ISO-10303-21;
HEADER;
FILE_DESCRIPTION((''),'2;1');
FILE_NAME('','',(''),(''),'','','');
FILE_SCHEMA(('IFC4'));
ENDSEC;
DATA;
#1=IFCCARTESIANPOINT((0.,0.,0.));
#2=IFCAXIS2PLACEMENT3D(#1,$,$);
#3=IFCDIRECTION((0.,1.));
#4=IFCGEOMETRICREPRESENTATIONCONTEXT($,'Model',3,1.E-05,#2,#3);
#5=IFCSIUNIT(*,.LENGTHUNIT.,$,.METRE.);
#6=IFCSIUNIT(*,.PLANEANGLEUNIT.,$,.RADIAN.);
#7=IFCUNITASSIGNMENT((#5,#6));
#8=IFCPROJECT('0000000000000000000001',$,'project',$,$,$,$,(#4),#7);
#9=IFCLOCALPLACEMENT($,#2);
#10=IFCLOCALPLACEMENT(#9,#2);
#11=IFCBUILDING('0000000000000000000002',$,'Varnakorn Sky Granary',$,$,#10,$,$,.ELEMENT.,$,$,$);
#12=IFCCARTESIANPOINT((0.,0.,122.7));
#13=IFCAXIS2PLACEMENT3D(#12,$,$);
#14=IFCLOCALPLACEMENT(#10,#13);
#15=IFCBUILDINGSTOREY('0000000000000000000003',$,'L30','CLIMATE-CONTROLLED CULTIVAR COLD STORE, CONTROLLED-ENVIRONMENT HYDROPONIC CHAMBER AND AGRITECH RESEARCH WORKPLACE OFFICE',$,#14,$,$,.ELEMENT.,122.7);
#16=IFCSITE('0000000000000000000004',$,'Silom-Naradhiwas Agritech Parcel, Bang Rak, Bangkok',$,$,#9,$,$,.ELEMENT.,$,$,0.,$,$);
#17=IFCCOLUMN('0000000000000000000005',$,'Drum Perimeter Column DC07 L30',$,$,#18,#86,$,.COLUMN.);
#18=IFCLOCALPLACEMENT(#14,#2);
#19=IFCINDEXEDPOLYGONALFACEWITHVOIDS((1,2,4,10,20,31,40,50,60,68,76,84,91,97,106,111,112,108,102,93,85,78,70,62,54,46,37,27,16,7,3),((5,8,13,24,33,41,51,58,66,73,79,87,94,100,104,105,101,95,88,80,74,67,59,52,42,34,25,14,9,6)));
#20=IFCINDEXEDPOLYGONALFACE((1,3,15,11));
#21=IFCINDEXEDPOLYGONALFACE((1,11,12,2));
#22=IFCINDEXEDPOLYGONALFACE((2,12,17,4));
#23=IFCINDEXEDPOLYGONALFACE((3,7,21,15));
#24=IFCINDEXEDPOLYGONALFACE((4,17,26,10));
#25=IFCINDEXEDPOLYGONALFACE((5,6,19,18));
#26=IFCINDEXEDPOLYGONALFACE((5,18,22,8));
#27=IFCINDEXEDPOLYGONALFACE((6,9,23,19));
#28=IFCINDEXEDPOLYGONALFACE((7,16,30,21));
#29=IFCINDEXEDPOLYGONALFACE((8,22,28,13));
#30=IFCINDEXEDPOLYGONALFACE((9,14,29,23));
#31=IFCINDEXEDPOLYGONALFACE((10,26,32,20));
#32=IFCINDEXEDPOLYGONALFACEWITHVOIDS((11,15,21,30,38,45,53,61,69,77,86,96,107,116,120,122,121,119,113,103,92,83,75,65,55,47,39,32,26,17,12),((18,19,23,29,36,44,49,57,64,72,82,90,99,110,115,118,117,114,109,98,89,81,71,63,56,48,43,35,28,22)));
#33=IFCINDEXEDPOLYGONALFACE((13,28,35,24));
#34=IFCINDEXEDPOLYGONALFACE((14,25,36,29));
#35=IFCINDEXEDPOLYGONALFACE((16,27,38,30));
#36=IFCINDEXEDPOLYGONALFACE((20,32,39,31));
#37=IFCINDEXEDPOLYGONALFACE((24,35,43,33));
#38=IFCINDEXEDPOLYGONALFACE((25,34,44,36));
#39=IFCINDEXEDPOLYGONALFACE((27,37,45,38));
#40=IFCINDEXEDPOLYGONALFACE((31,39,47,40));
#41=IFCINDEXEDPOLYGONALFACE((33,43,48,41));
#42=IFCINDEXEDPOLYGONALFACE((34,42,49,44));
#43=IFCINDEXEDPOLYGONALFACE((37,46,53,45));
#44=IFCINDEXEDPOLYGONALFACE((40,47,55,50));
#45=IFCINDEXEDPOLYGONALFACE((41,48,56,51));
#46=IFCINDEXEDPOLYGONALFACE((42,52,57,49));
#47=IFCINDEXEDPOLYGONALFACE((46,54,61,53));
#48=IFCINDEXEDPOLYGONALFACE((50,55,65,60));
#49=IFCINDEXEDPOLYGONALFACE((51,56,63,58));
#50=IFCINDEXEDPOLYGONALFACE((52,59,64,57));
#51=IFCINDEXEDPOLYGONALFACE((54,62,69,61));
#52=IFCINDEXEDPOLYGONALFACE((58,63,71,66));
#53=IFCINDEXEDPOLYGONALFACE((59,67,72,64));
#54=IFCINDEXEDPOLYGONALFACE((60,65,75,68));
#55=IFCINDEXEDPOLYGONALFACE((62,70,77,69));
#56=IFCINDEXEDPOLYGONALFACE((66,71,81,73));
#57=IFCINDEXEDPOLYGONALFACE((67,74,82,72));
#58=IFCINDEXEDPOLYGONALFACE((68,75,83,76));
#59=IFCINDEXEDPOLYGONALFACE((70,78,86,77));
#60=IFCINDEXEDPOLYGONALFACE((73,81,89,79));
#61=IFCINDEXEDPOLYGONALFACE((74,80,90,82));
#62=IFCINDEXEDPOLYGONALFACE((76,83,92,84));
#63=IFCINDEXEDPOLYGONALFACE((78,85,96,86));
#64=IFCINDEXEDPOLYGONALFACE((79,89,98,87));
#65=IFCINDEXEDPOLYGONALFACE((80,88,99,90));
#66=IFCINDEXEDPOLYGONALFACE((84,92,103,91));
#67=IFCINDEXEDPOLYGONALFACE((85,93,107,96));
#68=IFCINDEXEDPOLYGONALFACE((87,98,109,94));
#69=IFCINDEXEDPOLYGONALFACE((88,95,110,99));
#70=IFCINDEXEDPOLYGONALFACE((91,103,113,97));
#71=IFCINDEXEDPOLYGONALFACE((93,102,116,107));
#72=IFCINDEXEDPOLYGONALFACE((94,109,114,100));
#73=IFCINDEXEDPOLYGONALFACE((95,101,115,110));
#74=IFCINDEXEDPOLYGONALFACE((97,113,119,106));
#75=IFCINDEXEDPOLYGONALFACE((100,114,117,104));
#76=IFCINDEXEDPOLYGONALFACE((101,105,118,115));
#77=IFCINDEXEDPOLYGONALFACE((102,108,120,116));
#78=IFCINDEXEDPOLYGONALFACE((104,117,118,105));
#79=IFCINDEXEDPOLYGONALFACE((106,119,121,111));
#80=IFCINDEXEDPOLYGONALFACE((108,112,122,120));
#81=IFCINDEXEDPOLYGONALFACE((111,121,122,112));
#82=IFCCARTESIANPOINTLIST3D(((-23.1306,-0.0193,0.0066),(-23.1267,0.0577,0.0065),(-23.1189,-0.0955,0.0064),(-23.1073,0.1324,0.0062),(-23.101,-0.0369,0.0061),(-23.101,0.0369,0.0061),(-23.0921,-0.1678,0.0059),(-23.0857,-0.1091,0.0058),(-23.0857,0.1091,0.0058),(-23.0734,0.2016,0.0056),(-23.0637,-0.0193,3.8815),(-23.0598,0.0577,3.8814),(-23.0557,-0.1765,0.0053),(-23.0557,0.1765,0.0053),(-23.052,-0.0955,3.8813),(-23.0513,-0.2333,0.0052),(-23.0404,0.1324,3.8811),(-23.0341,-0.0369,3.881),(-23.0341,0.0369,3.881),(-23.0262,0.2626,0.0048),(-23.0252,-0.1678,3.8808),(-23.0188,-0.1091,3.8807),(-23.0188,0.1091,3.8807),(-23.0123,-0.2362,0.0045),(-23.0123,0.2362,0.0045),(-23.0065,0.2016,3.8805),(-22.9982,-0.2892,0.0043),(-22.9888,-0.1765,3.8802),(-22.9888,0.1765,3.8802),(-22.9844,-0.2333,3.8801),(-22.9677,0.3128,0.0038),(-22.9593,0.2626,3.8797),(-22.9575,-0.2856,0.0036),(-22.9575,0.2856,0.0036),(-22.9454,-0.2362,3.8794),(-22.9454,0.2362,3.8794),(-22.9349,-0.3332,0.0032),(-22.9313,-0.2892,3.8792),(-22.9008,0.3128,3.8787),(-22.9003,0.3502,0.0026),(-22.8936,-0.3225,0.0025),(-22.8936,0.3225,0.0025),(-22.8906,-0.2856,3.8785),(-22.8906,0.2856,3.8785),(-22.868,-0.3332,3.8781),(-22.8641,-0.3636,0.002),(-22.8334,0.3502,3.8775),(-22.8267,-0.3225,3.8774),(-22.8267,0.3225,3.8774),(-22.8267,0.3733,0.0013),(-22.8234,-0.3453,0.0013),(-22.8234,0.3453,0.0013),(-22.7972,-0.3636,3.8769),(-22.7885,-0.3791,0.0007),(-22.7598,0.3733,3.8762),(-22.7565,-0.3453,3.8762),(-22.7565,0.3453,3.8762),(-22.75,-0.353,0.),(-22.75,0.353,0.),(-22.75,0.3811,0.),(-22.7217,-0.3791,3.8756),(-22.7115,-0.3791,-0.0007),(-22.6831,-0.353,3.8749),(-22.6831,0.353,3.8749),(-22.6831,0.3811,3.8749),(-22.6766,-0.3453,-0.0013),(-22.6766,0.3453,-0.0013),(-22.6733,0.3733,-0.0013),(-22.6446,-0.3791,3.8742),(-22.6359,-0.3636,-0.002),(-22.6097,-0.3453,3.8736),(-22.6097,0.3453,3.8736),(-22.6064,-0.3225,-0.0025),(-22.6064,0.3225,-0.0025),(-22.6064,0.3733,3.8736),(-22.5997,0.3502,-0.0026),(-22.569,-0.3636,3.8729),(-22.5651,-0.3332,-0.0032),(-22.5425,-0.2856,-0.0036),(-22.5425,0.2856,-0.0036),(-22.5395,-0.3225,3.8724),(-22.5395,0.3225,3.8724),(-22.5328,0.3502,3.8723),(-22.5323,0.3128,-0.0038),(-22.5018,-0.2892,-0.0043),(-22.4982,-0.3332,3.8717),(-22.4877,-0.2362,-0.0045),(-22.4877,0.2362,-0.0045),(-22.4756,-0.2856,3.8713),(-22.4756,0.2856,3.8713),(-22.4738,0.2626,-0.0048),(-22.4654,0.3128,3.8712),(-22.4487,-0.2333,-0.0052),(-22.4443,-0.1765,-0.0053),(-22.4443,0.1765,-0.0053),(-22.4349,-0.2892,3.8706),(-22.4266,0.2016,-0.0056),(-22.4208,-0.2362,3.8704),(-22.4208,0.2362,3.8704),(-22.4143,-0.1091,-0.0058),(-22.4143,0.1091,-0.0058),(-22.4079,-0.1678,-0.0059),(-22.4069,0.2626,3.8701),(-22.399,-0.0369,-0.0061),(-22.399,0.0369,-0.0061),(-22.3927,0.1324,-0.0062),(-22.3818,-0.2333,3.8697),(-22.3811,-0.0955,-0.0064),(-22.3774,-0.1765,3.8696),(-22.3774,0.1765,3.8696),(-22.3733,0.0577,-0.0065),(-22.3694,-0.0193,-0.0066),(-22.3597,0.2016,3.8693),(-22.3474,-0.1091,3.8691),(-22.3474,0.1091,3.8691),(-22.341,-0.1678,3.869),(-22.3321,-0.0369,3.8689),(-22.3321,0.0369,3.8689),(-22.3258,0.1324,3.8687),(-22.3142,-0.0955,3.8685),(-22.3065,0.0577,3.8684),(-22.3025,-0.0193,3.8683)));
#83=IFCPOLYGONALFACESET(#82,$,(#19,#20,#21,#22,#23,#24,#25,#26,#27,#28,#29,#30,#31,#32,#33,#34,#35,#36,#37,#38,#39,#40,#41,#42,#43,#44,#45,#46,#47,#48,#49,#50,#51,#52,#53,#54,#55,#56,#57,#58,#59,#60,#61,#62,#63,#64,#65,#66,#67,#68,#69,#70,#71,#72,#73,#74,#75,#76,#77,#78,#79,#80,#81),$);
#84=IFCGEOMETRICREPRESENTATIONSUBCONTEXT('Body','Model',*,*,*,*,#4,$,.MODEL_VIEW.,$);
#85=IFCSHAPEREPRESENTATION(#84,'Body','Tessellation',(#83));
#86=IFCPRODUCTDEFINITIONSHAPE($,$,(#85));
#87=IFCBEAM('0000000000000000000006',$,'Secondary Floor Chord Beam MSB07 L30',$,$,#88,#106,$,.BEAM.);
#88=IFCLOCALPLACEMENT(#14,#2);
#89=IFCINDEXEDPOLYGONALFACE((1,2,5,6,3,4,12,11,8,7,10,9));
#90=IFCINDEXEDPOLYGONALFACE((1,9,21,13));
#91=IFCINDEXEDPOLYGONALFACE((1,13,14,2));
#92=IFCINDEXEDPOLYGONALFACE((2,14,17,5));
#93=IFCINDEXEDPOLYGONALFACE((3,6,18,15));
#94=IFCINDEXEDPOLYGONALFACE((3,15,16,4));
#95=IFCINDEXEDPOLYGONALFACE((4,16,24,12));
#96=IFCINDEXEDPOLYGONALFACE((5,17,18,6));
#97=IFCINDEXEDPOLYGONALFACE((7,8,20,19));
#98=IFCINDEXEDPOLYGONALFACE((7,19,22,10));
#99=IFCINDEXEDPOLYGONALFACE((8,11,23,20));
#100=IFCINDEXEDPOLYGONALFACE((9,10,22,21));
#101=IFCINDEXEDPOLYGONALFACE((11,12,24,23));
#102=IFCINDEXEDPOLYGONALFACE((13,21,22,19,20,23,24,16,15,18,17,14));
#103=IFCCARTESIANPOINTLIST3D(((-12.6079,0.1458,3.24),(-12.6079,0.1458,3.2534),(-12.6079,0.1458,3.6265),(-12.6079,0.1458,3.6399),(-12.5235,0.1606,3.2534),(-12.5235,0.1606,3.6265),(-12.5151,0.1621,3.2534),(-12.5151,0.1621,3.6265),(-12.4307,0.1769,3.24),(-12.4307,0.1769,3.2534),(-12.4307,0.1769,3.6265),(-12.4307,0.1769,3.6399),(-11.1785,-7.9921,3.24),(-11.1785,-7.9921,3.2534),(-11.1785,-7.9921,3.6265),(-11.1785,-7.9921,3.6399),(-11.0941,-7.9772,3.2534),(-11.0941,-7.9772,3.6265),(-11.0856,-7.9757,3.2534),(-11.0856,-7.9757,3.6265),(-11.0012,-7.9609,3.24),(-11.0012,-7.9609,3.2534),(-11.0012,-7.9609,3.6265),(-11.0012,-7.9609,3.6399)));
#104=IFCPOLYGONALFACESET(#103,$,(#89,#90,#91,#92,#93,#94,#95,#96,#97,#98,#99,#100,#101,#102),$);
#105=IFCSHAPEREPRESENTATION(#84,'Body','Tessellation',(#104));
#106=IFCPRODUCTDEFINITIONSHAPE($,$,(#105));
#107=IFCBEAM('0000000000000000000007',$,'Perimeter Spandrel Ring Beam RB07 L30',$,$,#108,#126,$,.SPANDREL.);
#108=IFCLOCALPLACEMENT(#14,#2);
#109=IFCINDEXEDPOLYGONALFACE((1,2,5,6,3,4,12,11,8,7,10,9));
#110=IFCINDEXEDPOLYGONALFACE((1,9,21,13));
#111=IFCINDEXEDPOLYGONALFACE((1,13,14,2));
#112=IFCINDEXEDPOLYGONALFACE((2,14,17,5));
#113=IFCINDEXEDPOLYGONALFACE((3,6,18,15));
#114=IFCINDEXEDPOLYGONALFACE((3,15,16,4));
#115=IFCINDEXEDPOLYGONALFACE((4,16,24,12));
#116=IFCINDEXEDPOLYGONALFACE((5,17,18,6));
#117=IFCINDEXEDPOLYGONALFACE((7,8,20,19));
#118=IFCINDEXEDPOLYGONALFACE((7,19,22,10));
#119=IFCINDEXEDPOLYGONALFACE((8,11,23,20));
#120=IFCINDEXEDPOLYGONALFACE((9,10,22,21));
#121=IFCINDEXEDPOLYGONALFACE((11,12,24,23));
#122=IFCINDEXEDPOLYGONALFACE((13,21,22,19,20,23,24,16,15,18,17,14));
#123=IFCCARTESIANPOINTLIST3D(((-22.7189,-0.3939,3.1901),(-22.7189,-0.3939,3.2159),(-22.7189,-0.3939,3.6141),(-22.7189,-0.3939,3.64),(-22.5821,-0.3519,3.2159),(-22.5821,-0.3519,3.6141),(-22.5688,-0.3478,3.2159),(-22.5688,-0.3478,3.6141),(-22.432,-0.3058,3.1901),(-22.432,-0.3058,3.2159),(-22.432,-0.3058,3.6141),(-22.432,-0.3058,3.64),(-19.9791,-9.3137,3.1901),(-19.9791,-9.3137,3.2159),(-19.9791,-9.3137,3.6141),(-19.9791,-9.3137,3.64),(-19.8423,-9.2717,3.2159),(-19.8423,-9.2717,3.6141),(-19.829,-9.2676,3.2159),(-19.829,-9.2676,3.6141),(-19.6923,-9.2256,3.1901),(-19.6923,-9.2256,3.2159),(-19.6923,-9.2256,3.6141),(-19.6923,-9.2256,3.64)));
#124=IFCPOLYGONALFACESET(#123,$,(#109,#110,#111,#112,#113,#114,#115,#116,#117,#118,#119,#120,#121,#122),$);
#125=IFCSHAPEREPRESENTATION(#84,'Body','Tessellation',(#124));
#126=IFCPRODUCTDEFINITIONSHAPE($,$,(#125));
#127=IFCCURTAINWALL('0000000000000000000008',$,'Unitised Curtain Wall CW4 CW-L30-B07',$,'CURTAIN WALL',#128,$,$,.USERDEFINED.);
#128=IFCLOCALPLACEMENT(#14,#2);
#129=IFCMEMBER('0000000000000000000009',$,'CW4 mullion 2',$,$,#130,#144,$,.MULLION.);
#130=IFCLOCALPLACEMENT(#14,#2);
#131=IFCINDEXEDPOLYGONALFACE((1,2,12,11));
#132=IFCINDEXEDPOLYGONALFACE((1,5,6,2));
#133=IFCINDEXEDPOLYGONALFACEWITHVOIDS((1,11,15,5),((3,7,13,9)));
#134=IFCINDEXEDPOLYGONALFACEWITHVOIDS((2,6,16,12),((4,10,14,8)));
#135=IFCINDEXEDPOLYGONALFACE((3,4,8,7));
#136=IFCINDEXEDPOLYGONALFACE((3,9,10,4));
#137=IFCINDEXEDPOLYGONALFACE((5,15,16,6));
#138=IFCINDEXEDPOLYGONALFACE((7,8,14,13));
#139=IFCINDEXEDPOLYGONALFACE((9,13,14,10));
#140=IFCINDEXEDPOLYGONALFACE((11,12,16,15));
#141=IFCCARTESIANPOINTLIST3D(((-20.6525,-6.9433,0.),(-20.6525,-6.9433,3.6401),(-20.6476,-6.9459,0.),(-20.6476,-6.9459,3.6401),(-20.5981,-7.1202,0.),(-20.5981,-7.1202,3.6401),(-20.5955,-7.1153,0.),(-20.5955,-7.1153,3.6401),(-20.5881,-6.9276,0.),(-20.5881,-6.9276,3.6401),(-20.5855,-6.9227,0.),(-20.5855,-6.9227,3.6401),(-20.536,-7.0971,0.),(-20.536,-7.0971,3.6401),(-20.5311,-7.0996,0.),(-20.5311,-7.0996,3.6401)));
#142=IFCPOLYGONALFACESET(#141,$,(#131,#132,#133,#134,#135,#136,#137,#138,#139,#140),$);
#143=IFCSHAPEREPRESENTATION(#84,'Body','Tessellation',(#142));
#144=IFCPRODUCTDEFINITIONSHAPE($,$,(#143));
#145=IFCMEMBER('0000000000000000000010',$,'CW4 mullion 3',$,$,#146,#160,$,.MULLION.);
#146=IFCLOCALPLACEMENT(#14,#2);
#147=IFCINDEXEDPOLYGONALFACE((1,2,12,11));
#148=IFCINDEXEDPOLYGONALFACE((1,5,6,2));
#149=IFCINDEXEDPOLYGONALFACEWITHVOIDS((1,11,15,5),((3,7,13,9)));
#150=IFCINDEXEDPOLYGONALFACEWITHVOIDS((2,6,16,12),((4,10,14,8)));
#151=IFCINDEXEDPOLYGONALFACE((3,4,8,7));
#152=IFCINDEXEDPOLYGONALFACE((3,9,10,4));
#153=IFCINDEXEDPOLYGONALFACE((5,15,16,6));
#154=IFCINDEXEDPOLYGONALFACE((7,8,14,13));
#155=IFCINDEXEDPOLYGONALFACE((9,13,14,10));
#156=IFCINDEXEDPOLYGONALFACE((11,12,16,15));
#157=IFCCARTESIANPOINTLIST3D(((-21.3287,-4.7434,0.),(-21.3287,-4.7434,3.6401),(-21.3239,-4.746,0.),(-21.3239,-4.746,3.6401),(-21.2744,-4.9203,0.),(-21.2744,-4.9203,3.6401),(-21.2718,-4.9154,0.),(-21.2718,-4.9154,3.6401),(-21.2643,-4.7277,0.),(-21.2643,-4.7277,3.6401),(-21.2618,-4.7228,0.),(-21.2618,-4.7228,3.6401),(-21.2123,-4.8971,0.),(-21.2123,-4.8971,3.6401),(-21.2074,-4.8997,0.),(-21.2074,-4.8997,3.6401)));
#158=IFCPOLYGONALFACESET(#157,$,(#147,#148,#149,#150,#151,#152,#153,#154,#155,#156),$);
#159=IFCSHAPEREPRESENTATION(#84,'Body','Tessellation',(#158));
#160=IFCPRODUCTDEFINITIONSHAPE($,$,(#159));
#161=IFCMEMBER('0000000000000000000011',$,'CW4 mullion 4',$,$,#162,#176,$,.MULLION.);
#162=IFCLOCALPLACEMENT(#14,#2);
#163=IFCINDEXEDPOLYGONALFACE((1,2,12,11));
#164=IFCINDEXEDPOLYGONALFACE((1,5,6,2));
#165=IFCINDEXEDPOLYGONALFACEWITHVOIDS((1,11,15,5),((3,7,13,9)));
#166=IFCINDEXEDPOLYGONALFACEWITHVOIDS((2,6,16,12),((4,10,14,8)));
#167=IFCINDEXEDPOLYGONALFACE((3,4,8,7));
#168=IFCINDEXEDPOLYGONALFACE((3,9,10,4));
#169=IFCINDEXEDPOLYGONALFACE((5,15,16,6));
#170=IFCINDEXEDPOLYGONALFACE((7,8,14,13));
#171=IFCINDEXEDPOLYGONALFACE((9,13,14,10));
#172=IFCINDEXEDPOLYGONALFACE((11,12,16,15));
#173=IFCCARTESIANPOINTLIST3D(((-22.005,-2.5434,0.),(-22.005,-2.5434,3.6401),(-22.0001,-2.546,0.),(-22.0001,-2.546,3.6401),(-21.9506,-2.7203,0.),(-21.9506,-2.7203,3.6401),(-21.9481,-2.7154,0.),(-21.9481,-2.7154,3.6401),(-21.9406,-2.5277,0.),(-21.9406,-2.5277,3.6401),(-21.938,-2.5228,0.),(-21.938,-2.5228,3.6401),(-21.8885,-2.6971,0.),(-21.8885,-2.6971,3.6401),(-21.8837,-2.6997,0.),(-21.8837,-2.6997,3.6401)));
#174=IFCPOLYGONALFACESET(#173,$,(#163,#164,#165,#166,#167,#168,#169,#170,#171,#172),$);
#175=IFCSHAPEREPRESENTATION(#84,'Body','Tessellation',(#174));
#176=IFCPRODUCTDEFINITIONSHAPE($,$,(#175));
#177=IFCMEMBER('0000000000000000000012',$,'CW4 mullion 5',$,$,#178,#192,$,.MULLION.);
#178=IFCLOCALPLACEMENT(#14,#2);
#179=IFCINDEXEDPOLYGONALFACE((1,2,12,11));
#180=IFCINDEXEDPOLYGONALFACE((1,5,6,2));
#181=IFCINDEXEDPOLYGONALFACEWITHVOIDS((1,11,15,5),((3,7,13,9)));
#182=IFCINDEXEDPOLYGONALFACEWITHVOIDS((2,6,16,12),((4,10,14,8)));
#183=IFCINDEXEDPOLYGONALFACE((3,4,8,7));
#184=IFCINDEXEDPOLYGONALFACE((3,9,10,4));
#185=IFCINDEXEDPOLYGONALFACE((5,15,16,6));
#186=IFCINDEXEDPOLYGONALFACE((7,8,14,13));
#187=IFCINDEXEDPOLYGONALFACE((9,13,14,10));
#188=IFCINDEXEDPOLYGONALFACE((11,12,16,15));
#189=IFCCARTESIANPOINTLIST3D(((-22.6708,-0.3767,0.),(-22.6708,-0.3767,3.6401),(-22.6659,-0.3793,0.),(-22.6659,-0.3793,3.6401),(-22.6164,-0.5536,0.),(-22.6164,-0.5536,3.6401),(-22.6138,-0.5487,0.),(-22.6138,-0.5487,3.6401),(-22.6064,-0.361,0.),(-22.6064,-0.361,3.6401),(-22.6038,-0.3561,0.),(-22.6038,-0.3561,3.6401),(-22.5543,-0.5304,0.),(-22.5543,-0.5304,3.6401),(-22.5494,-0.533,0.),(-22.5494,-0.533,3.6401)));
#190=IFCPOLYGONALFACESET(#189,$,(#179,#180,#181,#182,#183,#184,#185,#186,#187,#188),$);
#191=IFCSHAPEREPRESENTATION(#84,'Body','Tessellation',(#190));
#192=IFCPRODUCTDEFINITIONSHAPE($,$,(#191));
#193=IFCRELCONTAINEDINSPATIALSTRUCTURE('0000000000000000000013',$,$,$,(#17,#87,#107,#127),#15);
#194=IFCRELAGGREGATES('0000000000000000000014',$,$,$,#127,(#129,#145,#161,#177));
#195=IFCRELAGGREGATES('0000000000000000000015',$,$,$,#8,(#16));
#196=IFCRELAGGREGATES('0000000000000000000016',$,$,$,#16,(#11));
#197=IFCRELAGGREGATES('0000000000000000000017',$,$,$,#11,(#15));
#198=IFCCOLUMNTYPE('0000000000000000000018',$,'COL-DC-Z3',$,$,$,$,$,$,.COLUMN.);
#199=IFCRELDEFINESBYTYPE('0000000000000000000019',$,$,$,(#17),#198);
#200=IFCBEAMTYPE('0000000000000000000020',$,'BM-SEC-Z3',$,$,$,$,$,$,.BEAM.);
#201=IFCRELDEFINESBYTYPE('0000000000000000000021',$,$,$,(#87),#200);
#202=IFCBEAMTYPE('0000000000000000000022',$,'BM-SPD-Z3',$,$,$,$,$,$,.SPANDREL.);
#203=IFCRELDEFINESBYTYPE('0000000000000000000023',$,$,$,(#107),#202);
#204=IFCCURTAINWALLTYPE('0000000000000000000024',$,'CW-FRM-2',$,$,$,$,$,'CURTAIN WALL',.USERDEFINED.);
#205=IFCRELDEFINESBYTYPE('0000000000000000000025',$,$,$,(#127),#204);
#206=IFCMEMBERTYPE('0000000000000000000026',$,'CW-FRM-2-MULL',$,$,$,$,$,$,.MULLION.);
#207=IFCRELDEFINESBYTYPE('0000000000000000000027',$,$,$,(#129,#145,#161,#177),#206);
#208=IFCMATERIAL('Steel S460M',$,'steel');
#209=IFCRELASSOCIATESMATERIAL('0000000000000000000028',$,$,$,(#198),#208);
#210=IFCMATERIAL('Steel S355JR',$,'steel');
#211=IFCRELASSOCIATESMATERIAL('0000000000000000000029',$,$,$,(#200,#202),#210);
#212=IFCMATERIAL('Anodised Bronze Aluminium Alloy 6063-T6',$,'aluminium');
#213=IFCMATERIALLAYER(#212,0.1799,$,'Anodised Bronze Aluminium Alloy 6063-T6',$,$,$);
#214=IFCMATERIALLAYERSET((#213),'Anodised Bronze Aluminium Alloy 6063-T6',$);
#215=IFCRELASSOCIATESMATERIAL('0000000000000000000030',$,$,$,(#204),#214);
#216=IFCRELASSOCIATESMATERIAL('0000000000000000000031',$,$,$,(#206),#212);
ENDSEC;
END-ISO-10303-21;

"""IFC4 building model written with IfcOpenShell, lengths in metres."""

from ifc_helpers import new_model, si_unit, direction, frame, origin, origin_2d, place, context, subcontext, project, spatial, hollow_rectangle, hollow_circle, i_section, extrude, material, layer, layer_set, material_profile, profile_set, type_object, element, aggregate, save


model = new_model("IFC4")

# Units and contexts
model_context = context("Model", 3, precision=1e-05, world=origin(), true_north=direction((0.0, 1.0)))
body_context = subcontext(model_context, "Body", "Model", "MODEL_VIEW")
ifc_project = project(units=[si_unit("LENGTHUNIT", "METRE"), si_unit("PLANEANGLEUNIT", "RADIAN")], contexts=[model_context])

# Site, building, storey
site_placement = place(None, origin())
site = spatial("IfcSite", under=ifc_project, at=site_placement, Name="Silom-Naradhiwas Agritech Parcel, Bang Rak, Bangkok", CompositionType="ELEMENT", RefElevation=0.0)
building_placement = place(site_placement, origin())
building = spatial("IfcBuilding", under=site, at=building_placement, Name="Varnakorn Sky Granary", CompositionType="ELEMENT")
storey_placement = place(building_placement, frame((0.0, 0.0, 122.7)))
storey = spatial("IfcBuildingStorey", under=building, at=storey_placement, Name="L30", Description="CLIMATE-CONTROLLED CULTIVAR COLD STORE, CONTROLLED-ENVIRONMENT HYDROPONIC CHAMBER AND AGRITECH RESEARCH WORKPLACE OFFICE", CompositionType="ELEMENT", Elevation=122.7)

# Column
ifc_material_1 = material(Name="Steel S460M", Category="steel")
ifc_material_profile_1 = material_profile(ifc_material_1, hollow_circle(Radius=0.3811, WallThickness=0.0281, at=origin_2d()), Name="CHS 762x28")
ifc_profile_set_1 = profile_set([ifc_material_profile_1], Name="Steel S460M")
column_type = type_object("IfcColumnType", Name="COL-DC-Z3", PredefinedType="COLUMN", material=ifc_profile_set_1)
column_placement = place(storey_placement, frame((-22.75, 0.0, 0.0), z_axis=(0.017261, 0.0, 0.999851), x_axis=(0.0, 1.0, 0.0)))
element("IfcColumn", 1, at=column_placement, inside=storey, type_object=column_type, Name="Drum Perimeter Column DC07 L30", PredefinedType="COLUMN", context=body_context, shape_type="SweptSolid", body=[
    extrude(hollow_circle(Radius=0.3811, WallThickness=0.0281, at=origin_2d()), origin(), (0.0, 0.0, 1.0), 3.8755),
])

# Beams
ifc_material_2 = material(Name="Steel S355JR", Category="steel")
ifc_material_profile_2 = material_profile(ifc_material_2, i_section(OverallWidth=0.1799, OverallDepth=0.3999, WebThickness=0.0085, FlangeThickness=0.0134, at=origin_2d()), Name="IPE 400")
ifc_profile_set_2 = profile_set([ifc_material_profile_2], Name="Steel S355JR")
beam_type_1 = type_object("IfcBeamType", Name="BM-SEC-Z3", PredefinedType="BEAM", material=ifc_profile_set_2)
beam_1_placement = place(storey_placement, frame((-12.5193, 0.1614, 3.4399), z_axis=(0.173003, -0.984921, 0.0), x_axis=(0.984921, 0.173003, 0.0)))
element("IfcBeam", 2, at=beam_1_placement, inside=storey, type_object=beam_type_1, Name="Secondary Floor Chord Beam MSB07 L30", PredefinedType="BEAM", context=body_context, shape_type="SweptSolid", body=[
    extrude(i_section(OverallWidth=0.1799, OverallDepth=0.3999, WebThickness=0.0085, FlangeThickness=0.0134, at=origin_2d()), origin(), (0.0, 0.0, 1.0), 8.2625),
])
ifc_material_profile_3 = material_profile(ifc_material_2, i_section(OverallWidth=0.3, OverallDepth=0.45, WebThickness=0.0139, FlangeThickness=0.0259, at=origin_2d()), Name="HE 450 B")
ifc_profile_set_3 = profile_set([ifc_material_profile_3], Name="Steel S355JR")
beam_type_2 = type_object("IfcBeamType", Name="BM-SPD-Z3", PredefinedType="SPANDREL", material=ifc_profile_set_3)
beam_2_placement = place(storey_placement, frame((-22.5754, -0.3499, 3.415), z_axis=(0.293619, -0.955923, 0.0), x_axis=(0.955923, 0.293619, 0.0)))
element("IfcBeam", 3, at=beam_2_placement, inside=storey, type_object=beam_type_2, Name="Perimeter Spandrel Ring Beam RB07 L30", PredefinedType="SPANDREL", context=body_context, shape_type="SweptSolid", body=[
    extrude(i_section(OverallWidth=0.3, OverallDepth=0.45, WebThickness=0.0139, FlangeThickness=0.0259, at=origin_2d()), origin(), (0.0, 0.0, 1.0), 9.3311),
])

# Curtain wall, members
ifc_material_3 = material(Name="Anodised Bronze Aluminium Alloy 6063-T6", Category="aluminium")
ifc_layer_1 = layer(ifc_material_3, 0.1799, Name="Anodised Bronze Aluminium Alloy 6063-T6")
ifc_layer_set_1 = layer_set([ifc_layer_1], Name="Anodised Bronze Aluminium Alloy 6063-T6")
curtain_wall_type = type_object("IfcCurtainWallType", Name="CW-FRM-2", ElementType="CURTAIN WALL", PredefinedType="USERDEFINED", material=ifc_layer_set_1)
curtain_wall_placement = place(storey_placement, origin())
curtain_wall = element("IfcCurtainWall", 4, at=curtain_wall_placement, inside=storey, type_object=curtain_wall_type, Name="Unitised Curtain Wall CW4 CW-L30-B07", ObjectType="CURTAIN WALL", PredefinedType="USERDEFINED")
ifc_material_profile_4 = material_profile(ifc_material_3, hollow_rectangle(XDim=0.0701, YDim=0.1851, WallThickness=0.0039, at=origin_2d()), Name="ALU MULL 70x185")
ifc_profile_set_4 = profile_set([ifc_material_profile_4], Name="Anodised Bronze Aluminium Alloy 6063-T6")
member_type_1 = type_object("IfcMemberType", Name="CW-FRM-2-MULL", PredefinedType="MULLION", material=ifc_profile_set_4)
member_1_placement = place(storey_placement, frame((-20.5918, -7.0215, 0.0), z_axis=(0.0, 0.0, 1.0), x_axis=(-0.95587, -0.293789, 0.0)))
member_1 = element("IfcMember", 5, at=member_1_placement, type_object=member_type_1, Name="CW4 mullion 2", PredefinedType="MULLION", context=body_context, shape_type="SweptSolid", body=[
    extrude(hollow_rectangle(XDim=0.0701, YDim=0.1851, WallThickness=0.0039, at=origin_2d()), origin(), (0.0, 0.0, 1.0), 3.6401),
])
member_2_placement = place(storey_placement, frame((-21.2681, -4.8215, 0.0), z_axis=(0.0, 0.0, 1.0), x_axis=(-0.95587, -0.293789, 0.0)))
member_2 = element("IfcMember", 6, at=member_2_placement, type_object=member_type_1, Name="CW4 mullion 3", PredefinedType="MULLION", context=body_context, shape_type="SweptSolid", body=[
    extrude(hollow_rectangle(XDim=0.0701, YDim=0.1851, WallThickness=0.0039, at=origin_2d()), origin(), (0.0, 0.0, 1.0), 3.6401),
])
member_3_placement = place(storey_placement, frame((-21.9443, -2.6216, 0.0), z_axis=(0.0, 0.0, 1.0), x_axis=(-0.95587, -0.293789, 0.0)))
member_3 = element("IfcMember", 7, at=member_3_placement, type_object=member_type_1, Name="CW4 mullion 4", PredefinedType="MULLION", context=body_context, shape_type="SweptSolid", body=[
    extrude(hollow_rectangle(XDim=0.0701, YDim=0.1851, WallThickness=0.0039, at=origin_2d()), origin(), (0.0, 0.0, 1.0), 3.6401),
])
member_4_placement = place(storey_placement, frame((-22.6101, -0.4548, 0.0), z_axis=(0.0, 0.0, 1.0), x_axis=(-0.95587, -0.293789, 0.0)))
member_4 = element("IfcMember", 8, at=member_4_placement, type_object=member_type_1, Name="CW4 mullion 5", PredefinedType="MULLION", context=body_context, shape_type="SweptSolid", body=[
    extrude(hollow_rectangle(XDim=0.0701, YDim=0.1851, WallThickness=0.0039, at=origin_2d()), origin(), (0.0, 0.0, 1.0), 3.6401),
])

aggregate(curtain_wall, [member_1, member_2, member_3, member_4])

save(model, "model.ifc")
